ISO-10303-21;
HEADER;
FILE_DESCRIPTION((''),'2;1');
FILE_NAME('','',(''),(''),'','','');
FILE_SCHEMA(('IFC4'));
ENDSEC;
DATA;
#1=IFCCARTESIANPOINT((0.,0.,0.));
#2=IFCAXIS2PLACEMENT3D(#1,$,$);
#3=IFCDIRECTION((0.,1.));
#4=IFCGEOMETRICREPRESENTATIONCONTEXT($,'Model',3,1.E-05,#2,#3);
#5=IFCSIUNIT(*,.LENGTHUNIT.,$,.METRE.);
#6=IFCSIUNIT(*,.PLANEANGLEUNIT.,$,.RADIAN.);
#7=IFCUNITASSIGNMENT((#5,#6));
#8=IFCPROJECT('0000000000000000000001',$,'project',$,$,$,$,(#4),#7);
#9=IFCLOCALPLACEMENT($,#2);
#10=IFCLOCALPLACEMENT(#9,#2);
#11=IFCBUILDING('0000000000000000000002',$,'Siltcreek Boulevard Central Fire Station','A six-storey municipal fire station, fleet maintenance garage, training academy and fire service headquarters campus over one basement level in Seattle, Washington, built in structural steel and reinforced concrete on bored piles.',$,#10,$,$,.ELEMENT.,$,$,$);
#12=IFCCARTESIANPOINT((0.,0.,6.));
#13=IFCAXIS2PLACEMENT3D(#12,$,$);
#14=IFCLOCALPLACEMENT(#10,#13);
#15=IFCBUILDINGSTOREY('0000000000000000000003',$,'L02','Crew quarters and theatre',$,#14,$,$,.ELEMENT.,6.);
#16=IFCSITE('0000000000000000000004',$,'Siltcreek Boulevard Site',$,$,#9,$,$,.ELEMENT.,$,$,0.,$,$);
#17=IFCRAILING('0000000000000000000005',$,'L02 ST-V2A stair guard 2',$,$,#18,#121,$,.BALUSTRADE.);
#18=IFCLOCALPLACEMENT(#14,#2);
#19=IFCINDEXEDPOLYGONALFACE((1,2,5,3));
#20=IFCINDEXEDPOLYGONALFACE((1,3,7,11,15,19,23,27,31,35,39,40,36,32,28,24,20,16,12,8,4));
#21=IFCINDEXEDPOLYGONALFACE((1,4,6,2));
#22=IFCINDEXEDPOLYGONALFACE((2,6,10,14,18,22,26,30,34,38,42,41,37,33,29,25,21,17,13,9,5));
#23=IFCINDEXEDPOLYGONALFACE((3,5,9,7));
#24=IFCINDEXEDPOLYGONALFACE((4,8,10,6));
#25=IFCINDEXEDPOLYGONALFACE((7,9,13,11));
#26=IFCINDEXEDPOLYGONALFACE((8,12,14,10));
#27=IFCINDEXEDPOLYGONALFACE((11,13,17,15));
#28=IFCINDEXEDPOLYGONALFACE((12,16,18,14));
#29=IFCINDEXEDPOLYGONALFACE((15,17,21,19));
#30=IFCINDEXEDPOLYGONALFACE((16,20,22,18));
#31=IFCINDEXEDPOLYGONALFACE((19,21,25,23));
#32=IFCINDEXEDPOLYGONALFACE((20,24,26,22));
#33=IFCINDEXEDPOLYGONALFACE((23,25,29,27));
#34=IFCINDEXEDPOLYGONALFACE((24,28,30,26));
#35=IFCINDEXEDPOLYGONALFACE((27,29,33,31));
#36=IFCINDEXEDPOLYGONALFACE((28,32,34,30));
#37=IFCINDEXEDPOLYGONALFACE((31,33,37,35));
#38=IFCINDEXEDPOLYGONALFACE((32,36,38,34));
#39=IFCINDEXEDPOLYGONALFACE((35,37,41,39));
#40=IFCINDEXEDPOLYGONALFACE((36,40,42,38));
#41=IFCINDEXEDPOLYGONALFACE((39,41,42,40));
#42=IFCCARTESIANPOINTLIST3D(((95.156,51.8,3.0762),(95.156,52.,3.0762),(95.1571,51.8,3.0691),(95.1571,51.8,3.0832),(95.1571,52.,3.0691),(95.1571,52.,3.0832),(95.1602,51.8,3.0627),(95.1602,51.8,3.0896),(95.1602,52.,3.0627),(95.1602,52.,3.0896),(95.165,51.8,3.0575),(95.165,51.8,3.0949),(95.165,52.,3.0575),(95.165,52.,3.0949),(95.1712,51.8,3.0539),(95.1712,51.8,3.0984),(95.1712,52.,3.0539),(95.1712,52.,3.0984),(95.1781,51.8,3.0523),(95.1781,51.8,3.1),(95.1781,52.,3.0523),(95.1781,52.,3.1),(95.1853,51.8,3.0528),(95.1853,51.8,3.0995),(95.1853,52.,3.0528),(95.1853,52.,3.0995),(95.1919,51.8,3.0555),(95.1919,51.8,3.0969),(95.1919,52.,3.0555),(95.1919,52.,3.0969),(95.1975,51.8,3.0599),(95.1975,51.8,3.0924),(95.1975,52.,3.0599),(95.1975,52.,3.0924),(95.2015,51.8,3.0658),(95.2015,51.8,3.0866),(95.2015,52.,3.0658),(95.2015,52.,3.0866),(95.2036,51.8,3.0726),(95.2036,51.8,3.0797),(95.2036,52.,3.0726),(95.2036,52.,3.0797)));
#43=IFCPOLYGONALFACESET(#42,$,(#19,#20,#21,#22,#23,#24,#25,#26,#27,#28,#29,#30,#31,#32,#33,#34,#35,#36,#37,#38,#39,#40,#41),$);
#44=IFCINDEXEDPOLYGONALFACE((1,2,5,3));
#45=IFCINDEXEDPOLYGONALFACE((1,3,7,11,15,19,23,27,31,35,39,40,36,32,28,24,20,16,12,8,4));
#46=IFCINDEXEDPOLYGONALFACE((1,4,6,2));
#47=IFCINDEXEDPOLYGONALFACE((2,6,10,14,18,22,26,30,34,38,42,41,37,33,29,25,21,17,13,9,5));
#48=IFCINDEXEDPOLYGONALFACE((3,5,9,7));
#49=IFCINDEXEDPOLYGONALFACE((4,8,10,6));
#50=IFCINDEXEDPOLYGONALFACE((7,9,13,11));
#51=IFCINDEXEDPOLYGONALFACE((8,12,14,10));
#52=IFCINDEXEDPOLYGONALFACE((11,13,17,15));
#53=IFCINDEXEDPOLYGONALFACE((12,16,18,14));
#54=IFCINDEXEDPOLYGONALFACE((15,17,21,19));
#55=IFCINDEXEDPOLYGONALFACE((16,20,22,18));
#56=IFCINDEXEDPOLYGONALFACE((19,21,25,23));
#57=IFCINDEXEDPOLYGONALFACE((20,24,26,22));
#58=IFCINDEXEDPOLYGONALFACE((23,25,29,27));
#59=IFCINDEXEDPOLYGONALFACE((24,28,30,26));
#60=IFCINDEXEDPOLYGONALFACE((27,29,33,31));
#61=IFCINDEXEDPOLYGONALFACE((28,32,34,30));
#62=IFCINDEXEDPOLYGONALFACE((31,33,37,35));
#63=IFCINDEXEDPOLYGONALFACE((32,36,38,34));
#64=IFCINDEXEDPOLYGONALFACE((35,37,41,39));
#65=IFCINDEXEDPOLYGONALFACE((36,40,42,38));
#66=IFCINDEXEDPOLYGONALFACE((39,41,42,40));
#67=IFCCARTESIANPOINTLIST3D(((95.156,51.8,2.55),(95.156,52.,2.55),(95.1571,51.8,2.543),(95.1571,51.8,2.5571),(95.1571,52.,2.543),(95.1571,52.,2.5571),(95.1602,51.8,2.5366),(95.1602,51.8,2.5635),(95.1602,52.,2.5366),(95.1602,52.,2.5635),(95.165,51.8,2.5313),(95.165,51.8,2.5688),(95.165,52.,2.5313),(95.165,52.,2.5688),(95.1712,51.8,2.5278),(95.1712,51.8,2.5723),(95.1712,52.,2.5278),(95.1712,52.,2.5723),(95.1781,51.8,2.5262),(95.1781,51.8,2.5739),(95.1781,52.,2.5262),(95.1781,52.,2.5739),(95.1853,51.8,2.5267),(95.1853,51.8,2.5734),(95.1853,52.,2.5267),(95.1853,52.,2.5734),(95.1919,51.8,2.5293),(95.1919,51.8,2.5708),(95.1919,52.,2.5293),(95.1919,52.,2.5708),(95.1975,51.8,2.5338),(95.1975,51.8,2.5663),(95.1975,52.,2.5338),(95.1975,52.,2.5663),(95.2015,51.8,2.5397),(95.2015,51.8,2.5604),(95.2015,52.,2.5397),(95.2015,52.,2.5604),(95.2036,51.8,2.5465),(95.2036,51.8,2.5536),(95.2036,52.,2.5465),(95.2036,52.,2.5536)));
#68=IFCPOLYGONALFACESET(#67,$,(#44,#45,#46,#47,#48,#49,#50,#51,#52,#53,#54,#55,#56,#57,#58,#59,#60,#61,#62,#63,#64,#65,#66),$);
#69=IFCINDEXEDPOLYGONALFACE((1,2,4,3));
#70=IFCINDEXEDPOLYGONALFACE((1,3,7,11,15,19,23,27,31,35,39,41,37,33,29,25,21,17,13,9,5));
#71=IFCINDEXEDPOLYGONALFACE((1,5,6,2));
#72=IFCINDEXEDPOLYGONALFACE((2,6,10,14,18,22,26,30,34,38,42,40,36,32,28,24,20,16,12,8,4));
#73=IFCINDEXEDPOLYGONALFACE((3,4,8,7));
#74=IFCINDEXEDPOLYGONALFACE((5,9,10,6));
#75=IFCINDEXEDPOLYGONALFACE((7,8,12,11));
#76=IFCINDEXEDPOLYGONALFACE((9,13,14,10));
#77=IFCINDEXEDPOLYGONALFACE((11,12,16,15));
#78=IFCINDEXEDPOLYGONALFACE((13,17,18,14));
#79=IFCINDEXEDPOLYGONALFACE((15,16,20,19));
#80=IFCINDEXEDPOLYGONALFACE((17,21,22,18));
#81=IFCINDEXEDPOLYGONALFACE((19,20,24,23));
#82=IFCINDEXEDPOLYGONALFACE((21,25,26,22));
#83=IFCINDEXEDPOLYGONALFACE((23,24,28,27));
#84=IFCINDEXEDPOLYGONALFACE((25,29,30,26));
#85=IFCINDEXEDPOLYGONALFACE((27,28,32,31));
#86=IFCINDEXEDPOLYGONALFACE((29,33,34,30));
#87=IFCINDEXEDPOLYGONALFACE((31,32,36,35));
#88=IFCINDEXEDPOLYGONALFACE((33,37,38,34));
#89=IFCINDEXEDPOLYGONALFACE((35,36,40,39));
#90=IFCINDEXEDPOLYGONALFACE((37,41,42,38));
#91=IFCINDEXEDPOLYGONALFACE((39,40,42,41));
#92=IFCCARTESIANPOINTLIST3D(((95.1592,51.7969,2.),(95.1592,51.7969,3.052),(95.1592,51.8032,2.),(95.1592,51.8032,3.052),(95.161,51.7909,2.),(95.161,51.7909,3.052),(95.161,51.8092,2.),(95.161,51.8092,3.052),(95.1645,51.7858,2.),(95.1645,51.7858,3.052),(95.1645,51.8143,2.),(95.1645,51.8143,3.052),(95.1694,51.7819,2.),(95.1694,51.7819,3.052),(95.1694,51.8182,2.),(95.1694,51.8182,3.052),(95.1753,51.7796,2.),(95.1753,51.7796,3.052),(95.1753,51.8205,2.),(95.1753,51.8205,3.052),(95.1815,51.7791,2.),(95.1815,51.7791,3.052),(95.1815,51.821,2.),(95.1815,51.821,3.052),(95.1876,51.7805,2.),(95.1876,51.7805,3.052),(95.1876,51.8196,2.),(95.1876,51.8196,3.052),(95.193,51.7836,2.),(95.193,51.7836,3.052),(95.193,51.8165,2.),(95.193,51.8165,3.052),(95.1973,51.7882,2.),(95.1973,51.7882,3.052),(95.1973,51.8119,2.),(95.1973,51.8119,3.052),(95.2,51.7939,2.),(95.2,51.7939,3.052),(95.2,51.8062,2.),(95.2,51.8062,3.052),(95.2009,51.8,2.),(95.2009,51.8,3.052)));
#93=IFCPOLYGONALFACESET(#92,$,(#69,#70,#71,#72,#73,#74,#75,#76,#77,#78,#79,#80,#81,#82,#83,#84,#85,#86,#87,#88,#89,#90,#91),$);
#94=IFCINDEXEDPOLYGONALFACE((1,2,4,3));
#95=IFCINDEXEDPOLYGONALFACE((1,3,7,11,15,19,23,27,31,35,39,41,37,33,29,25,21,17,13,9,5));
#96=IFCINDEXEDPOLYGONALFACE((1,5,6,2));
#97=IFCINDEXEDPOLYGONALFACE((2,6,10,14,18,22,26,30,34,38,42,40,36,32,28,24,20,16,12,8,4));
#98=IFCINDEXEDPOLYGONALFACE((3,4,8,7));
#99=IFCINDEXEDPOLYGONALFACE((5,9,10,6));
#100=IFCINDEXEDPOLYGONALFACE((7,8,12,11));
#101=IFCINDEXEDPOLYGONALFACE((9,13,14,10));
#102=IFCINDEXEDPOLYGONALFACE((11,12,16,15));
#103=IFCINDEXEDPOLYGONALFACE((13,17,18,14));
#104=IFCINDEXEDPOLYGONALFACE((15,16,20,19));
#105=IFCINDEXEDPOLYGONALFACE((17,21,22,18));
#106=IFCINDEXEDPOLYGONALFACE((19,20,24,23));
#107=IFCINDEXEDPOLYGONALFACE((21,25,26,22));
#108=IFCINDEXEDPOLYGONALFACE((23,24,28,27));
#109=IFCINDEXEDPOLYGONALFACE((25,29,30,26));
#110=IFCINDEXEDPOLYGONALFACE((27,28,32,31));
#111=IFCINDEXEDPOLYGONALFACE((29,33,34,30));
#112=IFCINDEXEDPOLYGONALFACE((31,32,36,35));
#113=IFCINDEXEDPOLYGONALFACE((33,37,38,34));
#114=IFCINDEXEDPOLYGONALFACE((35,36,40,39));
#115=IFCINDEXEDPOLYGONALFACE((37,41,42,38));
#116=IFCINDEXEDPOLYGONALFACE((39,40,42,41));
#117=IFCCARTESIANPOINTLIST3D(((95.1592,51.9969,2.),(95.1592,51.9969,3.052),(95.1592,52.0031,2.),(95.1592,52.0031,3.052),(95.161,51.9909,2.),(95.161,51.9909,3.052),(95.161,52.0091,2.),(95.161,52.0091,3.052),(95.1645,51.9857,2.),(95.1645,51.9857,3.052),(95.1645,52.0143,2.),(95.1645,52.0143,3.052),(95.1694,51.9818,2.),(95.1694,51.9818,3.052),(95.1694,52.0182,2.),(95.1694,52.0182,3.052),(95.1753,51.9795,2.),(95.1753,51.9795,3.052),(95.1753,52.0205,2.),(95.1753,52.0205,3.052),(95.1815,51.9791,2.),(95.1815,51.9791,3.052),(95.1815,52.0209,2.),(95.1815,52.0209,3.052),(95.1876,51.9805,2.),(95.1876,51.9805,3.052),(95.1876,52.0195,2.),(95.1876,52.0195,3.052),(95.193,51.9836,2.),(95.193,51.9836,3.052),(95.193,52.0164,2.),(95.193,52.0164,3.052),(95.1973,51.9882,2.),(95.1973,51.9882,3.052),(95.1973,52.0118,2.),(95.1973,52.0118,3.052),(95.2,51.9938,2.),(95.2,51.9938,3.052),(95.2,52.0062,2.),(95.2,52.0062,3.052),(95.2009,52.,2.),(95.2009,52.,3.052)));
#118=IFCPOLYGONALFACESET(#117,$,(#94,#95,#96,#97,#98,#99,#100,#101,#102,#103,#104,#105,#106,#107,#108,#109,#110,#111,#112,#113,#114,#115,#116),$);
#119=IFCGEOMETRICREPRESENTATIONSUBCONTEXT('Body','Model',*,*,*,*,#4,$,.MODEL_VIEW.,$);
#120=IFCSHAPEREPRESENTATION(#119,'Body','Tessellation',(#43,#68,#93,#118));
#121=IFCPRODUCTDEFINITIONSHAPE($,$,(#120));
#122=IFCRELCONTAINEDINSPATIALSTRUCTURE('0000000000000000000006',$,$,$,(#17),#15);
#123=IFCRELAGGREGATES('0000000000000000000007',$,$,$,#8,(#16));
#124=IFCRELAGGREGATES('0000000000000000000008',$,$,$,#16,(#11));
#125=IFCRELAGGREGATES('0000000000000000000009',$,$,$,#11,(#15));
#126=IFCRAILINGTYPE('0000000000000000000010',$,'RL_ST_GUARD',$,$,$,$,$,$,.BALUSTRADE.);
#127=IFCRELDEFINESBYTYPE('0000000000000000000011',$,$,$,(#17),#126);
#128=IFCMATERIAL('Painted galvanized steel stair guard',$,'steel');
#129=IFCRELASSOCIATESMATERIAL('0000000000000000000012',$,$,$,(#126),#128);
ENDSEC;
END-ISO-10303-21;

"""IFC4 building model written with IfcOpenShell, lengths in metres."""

from ifc_helpers import new_model, si_unit, direction, frame, origin, origin_2d, place, context, subcontext, project, spatial, circle, extrude, material, type_object, element, save


model = new_model("IFC4")

# Units and contexts
model_context = context("Model", 3, precision=1e-05, world=origin(), true_north=direction((0.0, 1.0)))
body_context = subcontext(model_context, "Body", "Model", "MODEL_VIEW")
ifc_project = project(units=[si_unit("LENGTHUNIT", "METRE"), si_unit("PLANEANGLEUNIT", "RADIAN")], contexts=[model_context])

# Site, building, storey
site_placement = place(None, origin())
site = spatial("IfcSite", under=ifc_project, at=site_placement, Name="Siltcreek Boulevard Site", CompositionType="ELEMENT", RefElevation=0.0)
building_placement = place(site_placement, origin())
building = spatial("IfcBuilding", under=site, at=building_placement, Name="Siltcreek Boulevard Central Fire Station", Description="A six-storey municipal fire station, fleet maintenance garage, training academy and fire service headquarters campus over one basement level in Seattle, Washington, built in structural steel and reinforced concrete on bored piles.", CompositionType="ELEMENT")
storey_placement = place(building_placement, frame((0.0, 0.0, 6.0)))
storey = spatial("IfcBuildingStorey", under=building, at=storey_placement, Name="L02", Description="Crew quarters and theatre", CompositionType="ELEMENT", Elevation=6.0)

# Railing
ifc_material_1 = material(Name="Painted galvanized steel stair guard", Category="steel")
railing_type_1 = type_object("IfcRailingType", Name="RL_ST_GUARD", PredefinedType="BALUSTRADE", material=ifc_material_1)
railing_1_placement = place(storey_placement, frame((95.1799, 51.8, 2.0)))
element("IfcRailing", 1, at=railing_1_placement, inside=storey, type_object=railing_type_1, Name="L02 ST-V2A stair guard 2", PredefinedType="BALUSTRADE", context=body_context, shape_type="SweptSolid", body=[
    extrude(circle(Radius=0.0239, at=origin_2d()), frame((0.0, 0.0, 1.0762), z_axis=(0.0, 1.0, 0.0), x_axis=(-1.0, 0.0, 0.0)), (0.0, 0.0, 1.0), 0.2),
    extrude(circle(Radius=0.0239, at=origin_2d()), frame((0.0, 0.0, 0.55), z_axis=(0.0, 1.0, 0.0), x_axis=(-1.0, 0.0, 0.0)), (0.0, 0.0, 1.0), 0.2),
    extrude(circle(Radius=0.021, at=origin_2d()), origin(), (0.0, 0.0, 1.0), 1.052),
    extrude(circle(Radius=0.021, at=origin_2d()), frame((0.0, 0.2, 0.0)), (0.0, 0.0, 1.0), 1.052),
])

save(model, "model.ifc")
